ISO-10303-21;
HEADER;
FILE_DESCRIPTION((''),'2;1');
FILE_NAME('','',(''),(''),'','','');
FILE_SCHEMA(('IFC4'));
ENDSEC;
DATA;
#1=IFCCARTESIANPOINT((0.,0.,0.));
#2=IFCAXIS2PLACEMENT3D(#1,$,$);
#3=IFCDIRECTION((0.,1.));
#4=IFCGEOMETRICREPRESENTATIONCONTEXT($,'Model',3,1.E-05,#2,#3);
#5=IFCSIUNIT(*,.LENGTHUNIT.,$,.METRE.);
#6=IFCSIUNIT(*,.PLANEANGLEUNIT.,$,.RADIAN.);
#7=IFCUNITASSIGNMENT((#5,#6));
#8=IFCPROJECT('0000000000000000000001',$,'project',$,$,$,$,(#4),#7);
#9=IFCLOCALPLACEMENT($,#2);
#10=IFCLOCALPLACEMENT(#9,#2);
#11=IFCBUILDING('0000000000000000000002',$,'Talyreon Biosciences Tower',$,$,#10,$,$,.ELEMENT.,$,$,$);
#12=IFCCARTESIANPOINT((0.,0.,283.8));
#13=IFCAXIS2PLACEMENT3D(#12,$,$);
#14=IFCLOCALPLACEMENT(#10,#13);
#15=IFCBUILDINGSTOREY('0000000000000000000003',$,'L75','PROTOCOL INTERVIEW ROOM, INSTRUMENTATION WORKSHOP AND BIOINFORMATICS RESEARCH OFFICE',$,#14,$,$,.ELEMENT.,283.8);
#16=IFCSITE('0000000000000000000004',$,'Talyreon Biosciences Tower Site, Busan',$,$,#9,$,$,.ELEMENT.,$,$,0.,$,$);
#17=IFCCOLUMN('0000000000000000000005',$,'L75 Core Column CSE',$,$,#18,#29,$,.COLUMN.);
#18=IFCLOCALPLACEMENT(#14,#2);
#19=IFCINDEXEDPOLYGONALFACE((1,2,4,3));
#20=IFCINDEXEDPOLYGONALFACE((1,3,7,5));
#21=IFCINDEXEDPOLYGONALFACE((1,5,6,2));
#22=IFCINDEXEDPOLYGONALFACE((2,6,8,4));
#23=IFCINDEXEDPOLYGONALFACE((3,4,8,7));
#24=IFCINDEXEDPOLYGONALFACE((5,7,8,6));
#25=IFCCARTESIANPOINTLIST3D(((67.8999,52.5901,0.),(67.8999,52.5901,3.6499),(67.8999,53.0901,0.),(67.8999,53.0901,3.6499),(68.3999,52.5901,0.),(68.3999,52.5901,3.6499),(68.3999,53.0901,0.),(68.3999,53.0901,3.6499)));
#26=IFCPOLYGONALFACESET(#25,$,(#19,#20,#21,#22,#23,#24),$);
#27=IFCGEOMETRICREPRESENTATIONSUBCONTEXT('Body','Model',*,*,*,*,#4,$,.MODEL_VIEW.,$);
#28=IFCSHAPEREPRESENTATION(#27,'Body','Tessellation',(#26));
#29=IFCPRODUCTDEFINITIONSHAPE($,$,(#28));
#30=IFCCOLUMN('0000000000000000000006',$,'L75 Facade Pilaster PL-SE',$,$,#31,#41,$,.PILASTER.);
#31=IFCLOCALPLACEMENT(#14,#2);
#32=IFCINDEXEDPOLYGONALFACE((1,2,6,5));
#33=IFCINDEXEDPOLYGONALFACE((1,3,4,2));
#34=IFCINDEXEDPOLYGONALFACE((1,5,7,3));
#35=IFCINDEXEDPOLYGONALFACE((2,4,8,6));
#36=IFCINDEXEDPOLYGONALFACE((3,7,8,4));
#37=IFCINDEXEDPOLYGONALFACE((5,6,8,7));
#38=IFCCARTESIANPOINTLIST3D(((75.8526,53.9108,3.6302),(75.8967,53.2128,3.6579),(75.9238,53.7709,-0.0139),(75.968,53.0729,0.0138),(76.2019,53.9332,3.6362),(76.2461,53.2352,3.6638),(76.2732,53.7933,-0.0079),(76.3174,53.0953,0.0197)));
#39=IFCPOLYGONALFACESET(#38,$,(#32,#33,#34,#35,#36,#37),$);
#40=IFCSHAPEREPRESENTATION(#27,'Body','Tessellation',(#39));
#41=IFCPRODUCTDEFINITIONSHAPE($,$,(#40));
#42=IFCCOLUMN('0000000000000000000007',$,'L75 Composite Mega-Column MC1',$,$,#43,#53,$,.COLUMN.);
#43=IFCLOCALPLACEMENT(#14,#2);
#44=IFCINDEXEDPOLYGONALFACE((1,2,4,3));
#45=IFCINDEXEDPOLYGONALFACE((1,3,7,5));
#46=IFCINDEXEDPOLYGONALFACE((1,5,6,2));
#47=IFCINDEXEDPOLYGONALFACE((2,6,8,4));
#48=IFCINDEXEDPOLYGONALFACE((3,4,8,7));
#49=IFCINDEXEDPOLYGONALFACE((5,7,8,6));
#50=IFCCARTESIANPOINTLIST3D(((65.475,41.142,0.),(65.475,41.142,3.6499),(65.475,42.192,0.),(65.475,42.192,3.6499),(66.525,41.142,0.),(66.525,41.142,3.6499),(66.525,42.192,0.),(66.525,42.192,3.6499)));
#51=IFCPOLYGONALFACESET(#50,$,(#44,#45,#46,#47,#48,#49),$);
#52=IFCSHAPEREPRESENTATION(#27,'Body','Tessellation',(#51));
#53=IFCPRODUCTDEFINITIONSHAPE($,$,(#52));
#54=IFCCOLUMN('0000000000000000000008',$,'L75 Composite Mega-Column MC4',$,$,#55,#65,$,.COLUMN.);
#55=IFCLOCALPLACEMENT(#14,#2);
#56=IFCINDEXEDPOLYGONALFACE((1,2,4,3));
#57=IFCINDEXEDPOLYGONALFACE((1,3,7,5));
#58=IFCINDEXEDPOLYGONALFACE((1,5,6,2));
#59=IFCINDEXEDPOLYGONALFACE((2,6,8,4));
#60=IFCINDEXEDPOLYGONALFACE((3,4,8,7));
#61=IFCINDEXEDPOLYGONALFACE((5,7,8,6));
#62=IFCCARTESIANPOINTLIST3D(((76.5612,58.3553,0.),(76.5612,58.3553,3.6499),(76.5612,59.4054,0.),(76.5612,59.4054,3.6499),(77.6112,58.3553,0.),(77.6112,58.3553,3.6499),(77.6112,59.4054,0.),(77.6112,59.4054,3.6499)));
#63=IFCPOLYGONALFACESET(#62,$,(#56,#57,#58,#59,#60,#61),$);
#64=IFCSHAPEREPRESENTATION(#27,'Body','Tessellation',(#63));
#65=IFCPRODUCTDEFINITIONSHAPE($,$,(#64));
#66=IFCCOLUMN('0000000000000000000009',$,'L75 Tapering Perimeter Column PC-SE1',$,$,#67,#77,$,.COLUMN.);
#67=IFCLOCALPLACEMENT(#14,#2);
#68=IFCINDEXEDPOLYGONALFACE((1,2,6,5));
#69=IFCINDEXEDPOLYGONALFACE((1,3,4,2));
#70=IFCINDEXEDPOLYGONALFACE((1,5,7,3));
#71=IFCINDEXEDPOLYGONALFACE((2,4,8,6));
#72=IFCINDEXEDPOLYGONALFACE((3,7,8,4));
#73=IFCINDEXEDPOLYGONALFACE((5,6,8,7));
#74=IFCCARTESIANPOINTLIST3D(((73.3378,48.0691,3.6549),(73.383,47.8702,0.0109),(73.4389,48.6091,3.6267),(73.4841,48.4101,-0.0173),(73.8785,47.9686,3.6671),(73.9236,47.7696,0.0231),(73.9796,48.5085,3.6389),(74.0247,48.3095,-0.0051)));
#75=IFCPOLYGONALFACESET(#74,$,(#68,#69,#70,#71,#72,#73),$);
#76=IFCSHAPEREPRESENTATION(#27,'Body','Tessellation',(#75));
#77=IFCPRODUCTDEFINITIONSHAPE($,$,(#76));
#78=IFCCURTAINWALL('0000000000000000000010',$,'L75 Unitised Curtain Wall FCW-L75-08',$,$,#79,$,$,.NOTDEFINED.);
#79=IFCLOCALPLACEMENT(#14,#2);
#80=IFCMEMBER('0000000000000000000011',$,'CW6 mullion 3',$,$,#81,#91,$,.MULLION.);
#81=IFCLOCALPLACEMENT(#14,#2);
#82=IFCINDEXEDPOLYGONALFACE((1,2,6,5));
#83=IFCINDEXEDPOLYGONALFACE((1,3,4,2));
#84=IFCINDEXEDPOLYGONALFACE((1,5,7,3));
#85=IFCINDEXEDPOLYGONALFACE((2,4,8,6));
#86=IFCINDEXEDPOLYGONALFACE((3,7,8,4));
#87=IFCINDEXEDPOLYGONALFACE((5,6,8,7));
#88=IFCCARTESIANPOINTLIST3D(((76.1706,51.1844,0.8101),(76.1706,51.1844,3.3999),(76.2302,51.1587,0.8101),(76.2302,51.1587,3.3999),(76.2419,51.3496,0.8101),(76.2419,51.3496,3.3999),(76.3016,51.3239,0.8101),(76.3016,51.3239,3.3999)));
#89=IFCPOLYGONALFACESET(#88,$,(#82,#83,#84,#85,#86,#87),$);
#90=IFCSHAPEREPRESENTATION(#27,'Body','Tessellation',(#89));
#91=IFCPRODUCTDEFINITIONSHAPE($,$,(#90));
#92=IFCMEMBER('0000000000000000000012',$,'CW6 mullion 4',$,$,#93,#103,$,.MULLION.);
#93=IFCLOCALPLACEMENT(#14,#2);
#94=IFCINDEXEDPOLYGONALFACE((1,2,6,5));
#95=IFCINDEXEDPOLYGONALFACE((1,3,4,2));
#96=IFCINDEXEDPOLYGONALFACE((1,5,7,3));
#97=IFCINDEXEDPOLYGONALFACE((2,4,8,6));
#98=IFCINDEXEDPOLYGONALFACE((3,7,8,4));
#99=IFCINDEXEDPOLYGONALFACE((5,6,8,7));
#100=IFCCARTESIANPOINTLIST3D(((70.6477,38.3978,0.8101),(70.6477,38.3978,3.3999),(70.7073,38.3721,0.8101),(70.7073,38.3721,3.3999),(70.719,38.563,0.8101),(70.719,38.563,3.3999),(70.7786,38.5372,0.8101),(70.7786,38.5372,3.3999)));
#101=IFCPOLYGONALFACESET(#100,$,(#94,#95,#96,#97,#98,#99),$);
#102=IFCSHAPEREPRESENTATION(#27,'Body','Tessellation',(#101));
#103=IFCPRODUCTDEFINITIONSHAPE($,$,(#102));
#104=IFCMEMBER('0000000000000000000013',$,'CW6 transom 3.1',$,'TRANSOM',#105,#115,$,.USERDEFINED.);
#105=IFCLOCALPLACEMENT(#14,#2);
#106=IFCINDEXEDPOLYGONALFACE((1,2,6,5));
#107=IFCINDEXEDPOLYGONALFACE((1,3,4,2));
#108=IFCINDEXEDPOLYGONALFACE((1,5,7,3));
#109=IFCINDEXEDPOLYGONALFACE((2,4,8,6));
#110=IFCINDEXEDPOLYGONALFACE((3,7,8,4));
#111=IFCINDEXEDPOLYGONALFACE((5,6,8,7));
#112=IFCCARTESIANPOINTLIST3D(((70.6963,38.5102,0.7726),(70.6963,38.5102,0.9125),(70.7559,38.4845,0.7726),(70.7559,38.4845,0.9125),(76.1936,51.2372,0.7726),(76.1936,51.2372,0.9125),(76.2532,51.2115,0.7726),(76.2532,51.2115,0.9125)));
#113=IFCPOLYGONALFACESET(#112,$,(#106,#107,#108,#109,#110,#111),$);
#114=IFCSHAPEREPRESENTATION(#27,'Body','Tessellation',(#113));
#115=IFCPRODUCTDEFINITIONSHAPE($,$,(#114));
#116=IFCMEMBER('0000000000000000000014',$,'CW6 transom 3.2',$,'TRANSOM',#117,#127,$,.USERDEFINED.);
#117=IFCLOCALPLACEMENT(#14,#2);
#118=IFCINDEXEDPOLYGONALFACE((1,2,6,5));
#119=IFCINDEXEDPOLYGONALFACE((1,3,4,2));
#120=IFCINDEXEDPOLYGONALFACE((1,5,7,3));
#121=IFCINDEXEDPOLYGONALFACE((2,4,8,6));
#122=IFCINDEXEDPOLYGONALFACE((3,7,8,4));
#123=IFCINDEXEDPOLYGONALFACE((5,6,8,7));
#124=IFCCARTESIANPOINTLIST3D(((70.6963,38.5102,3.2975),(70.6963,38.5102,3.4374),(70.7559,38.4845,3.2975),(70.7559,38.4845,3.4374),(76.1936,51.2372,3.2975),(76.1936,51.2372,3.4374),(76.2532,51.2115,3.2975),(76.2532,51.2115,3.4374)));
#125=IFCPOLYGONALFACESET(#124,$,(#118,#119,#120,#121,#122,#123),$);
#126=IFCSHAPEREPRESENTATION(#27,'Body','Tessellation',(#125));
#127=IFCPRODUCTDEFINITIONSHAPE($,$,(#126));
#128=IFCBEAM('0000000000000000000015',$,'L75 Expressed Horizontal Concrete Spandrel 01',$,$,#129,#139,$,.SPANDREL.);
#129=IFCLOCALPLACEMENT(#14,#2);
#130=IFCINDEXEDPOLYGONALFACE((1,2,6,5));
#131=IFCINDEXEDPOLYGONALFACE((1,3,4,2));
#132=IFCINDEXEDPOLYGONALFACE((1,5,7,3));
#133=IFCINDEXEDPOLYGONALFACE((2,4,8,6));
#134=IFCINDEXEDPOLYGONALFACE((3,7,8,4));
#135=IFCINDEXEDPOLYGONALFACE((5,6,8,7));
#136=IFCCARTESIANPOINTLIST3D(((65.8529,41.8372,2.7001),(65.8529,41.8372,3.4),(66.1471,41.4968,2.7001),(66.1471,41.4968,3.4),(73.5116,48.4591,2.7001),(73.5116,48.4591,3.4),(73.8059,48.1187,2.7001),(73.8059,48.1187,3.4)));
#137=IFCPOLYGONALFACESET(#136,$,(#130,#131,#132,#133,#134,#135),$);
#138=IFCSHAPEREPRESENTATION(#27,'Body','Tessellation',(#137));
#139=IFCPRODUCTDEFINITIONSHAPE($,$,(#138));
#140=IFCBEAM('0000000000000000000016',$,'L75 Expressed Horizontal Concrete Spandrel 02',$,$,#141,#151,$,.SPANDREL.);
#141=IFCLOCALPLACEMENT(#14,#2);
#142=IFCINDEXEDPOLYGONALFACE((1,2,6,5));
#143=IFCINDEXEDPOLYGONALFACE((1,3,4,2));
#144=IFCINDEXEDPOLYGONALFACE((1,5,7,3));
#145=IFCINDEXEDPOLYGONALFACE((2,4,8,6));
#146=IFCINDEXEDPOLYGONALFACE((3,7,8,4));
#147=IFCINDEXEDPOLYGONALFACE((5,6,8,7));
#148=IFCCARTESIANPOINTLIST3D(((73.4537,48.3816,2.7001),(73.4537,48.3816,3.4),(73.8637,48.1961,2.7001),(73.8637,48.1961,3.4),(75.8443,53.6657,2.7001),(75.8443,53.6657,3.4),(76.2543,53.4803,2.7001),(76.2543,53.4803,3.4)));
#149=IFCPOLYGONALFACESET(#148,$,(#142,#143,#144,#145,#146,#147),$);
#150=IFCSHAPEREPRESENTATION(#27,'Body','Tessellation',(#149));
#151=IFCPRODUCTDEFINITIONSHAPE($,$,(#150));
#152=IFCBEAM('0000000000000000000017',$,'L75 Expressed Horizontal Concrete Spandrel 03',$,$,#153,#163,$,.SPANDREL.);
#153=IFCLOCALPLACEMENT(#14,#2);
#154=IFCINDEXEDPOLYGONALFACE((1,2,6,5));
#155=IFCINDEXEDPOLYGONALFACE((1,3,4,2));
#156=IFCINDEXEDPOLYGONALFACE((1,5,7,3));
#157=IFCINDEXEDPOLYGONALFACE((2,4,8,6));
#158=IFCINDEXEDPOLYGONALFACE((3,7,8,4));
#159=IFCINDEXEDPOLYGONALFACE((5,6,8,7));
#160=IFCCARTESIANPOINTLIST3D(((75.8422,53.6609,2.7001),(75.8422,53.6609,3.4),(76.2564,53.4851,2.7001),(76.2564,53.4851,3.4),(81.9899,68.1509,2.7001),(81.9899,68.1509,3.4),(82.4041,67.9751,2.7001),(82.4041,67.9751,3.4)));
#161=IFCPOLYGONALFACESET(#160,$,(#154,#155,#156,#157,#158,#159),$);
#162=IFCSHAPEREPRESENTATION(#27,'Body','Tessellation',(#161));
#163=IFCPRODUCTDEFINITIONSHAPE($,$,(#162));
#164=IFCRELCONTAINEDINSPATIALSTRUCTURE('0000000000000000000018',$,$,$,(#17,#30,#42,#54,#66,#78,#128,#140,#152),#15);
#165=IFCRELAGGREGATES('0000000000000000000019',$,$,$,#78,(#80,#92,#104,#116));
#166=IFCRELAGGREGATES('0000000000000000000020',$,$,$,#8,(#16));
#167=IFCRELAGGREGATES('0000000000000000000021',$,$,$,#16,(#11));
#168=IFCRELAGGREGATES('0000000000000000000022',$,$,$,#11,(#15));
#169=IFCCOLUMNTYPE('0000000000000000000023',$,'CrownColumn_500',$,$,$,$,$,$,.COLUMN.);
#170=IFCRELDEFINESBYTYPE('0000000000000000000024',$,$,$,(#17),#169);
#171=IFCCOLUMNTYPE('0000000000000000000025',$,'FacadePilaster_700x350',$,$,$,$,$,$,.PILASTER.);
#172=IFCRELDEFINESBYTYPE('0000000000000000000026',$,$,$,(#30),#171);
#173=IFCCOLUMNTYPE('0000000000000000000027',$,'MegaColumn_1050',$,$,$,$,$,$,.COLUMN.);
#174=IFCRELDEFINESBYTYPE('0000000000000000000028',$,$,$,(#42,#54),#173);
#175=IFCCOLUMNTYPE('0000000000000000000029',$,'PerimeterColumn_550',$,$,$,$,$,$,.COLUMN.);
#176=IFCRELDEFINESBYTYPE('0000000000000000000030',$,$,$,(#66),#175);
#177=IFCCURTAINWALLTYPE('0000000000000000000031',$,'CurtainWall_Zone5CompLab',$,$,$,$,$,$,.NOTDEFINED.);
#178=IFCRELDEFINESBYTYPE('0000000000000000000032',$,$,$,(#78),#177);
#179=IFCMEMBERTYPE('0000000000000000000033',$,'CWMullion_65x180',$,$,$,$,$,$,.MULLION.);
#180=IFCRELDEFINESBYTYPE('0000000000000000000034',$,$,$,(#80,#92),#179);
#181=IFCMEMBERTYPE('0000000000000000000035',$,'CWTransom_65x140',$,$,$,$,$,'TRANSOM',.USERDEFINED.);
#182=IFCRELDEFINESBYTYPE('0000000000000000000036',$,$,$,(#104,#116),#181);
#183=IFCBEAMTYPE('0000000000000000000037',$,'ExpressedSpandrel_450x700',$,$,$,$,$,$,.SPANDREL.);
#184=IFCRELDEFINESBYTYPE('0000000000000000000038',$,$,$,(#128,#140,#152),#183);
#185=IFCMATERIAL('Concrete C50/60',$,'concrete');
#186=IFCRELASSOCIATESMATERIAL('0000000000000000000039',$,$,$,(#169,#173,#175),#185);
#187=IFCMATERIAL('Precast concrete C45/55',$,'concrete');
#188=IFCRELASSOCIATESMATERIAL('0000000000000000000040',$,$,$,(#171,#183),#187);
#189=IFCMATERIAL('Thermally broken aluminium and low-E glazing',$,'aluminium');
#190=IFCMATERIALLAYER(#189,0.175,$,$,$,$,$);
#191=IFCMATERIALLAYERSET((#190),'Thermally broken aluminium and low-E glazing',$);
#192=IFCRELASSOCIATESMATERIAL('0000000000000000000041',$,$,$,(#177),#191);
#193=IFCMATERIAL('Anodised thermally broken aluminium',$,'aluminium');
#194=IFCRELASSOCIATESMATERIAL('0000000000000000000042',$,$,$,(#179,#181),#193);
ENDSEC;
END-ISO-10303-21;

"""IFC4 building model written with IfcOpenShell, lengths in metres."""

from ifc_helpers import new_model, si_unit, direction, frame, origin, origin_2d, place, context, subcontext, project, spatial, rectangle, extrude, material, layer, layer_set, material_profile, profile_set, type_object, element, aggregate, save


model = new_model("IFC4")

# Units and contexts
model_context = context("Model", 3, precision=1e-05, world=origin(), true_north=direction((0.0, 1.0)))
body_context = subcontext(model_context, "Body", "Model", "MODEL_VIEW")
ifc_project = project(units=[si_unit("LENGTHUNIT", "METRE"), si_unit("PLANEANGLEUNIT", "RADIAN")], contexts=[model_context])

# Site, building, storey
site_placement = place(None, origin())
site = spatial("IfcSite", under=ifc_project, at=site_placement, Name="Talyreon Biosciences Tower Site, Busan", CompositionType="ELEMENT", RefElevation=0.0)
building_placement = place(site_placement, origin())
building = spatial("IfcBuilding", under=site, at=building_placement, Name="Talyreon Biosciences Tower", CompositionType="ELEMENT")
storey_placement = place(building_placement, frame((0.0, 0.0, 283.8)))
storey = spatial("IfcBuildingStorey", under=building, at=storey_placement, Name="L75", Description="PROTOCOL INTERVIEW ROOM, INSTRUMENTATION WORKSHOP AND BIOINFORMATICS RESEARCH OFFICE", CompositionType="ELEMENT", Elevation=283.8)

# Columns
ifc_material_1 = material(Name="Concrete C50/60", Category="concrete")
ifc_material_profile_1 = material_profile(ifc_material_1, rectangle(XDim=0.5, YDim=0.5, at=origin_2d()), Name="RC 500x500")
ifc_profile_set_1 = profile_set([ifc_material_profile_1], Name="Concrete C50/60")
column_type_1 = type_object("IfcColumnType", Name="CrownColumn_500", PredefinedType="COLUMN", material=ifc_profile_set_1)
column_1_placement = place(storey_placement, frame((68.1499, 52.8401, 0.0), z_axis=(0.0, 0.0, 1.0), x_axis=(1.0, 0.0, 0.0)))
element("IfcColumn", 1, at=column_1_placement, inside=storey, type_object=column_type_1, Name="L75 Core Column CSE", PredefinedType="COLUMN", context=body_context, shape_type="SweptSolid", body=[
    extrude(rectangle(XDim=0.5, YDim=0.5, at=origin_2d()), origin(), (0.0, 0.0, 1.0), 3.6499),
])
ifc_material_2 = material(Name="Precast concrete C45/55", Category="concrete")
ifc_material_profile_2 = material_profile(ifc_material_2, rectangle(XDim=0.7, YDim=0.3501, at=origin_2d()), Name="RC 700x350")
ifc_profile_set_2 = profile_set([ifc_material_profile_2], Name="Precast concrete C45/55")
column_type_2 = type_object("IfcColumnType", Name="FacadePilaster_700x350", PredefinedType="PILASTER", material=ifc_profile_set_2)
column_2_placement = place(storey_placement, frame((76.1206, 53.4331, 0.0029), z_axis=(-0.019545, 0.038354, 0.999073), x_axis=(0.063141, -0.997222, 0.039518)))
element("IfcColumn", 2, at=column_2_placement, inside=storey, type_object=column_type_2, Name="L75 Facade Pilaster PL-SE", PredefinedType="PILASTER", context=body_context, shape_type="SweptSolid", body=[
    extrude(rectangle(XDim=0.7, YDim=0.3501, at=origin_2d()), origin(), (0.0, 0.0, 1.0), 3.6475),
])
ifc_material_profile_3 = material_profile(ifc_material_1, rectangle(XDim=1.05, YDim=1.05, at=origin_2d()), Name="RC 1050x1050")
ifc_profile_set_3 = profile_set([ifc_material_profile_3], Name="Concrete C50/60")
column_type_3 = type_object("IfcColumnType", Name="MegaColumn_1050", PredefinedType="COLUMN", material=ifc_profile_set_3)
for number, where, z_axis, x_axis, name in (
    (3, (66.0, 41.667, 0.0), (0.0, 0.0, 1.0), (1.0, 0.0, 0.0), "L75 Composite Mega-Column MC1"),
    (4, (77.0862, 58.8804, 0.0), (0.0, 0.0, 1.0), (1.0, 0.0, 0.0), "L75 Composite Mega-Column MC4"),
):
    element("IfcColumn", number, at=place(storey_placement, frame(where, z_axis=z_axis, x_axis=x_axis)), inside=storey, type_object=column_type_3, Name=name, PredefinedType="COLUMN", context=body_context, shape_type="SweptSolid", body=[
        extrude(rectangle(XDim=1.05, YDim=1.05, at=origin_2d()), origin(), (0.0, 0.0, 1.0), 3.6499),
    ])
ifc_material_profile_4 = material_profile(ifc_material_1, rectangle(XDim=0.55, YDim=0.55, at=origin_2d()), Name="RC 550x550")
ifc_profile_set_4 = profile_set([ifc_material_profile_4], Name="Concrete C50/60")
column_type_4 = type_object("IfcColumnType", Name="PerimeterColumn_550", PredefinedType="COLUMN", material=ifc_profile_set_4)
column_3_placement = place(storey_placement, frame((73.7039, 48.0898, 0.0029), z_axis=(-0.012375, 0.054517, 0.998436), x_axis=(-0.183788, -0.981625, 0.051321)))
element("IfcColumn", 5, at=column_3_placement, inside=storey, type_object=column_type_4, Name="L75 Tapering Perimeter Column PC-SE1", PredefinedType="COLUMN", context=body_context, shape_type="SweptSolid", body=[
    extrude(rectangle(XDim=0.55, YDim=0.55, at=origin_2d()), origin(), (0.0, 0.0, 1.0), 3.6497),
])

# Curtain wall, members
ifc_material_3 = material(Name="Thermally broken aluminium and low-E glazing", Category="aluminium")
ifc_layer_1 = layer(ifc_material_3, 0.175)
ifc_layer_set_1 = layer_set([ifc_layer_1], Name="Thermally broken aluminium and low-E glazing")
curtain_wall_type = type_object("IfcCurtainWallType", Name="CurtainWall_Zone5CompLab", PredefinedType="NOTDEFINED", material=ifc_layer_set_1)
curtain_wall_placement = place(storey_placement, origin())
curtain_wall = element("IfcCurtainWall", 6, at=curtain_wall_placement, inside=storey, type_object=curtain_wall_type, Name="L75 Unitised Curtain Wall FCW-L75-08", PredefinedType="NOTDEFINED")
ifc_material_4 = material(Name="Anodised thermally broken aluminium", Category="aluminium")
ifc_material_profile_5 = material_profile(ifc_material_4, rectangle(XDim=0.0649, YDim=0.1799, at=origin_2d()), Name="ALUM MULLION 65x180")
ifc_profile_set_5 = profile_set([ifc_material_profile_5], Name="Anodised thermally broken aluminium")
member_type_1 = type_object("IfcMemberType", Name="CWMullion_65x180", PredefinedType="MULLION", material=ifc_profile_set_5)
member_1_placement = place(storey_placement, frame((76.2361, 51.2542, 0.8101), z_axis=(0.0, 0.0, 1.0), x_axis=(0.918022, -0.396528, 0.0)))
member_1 = element("IfcMember", 7, at=member_1_placement, type_object=member_type_1, Name="CW6 mullion 3", PredefinedType="MULLION", context=body_context, shape_type="SweptSolid", body=[
    extrude(rectangle(XDim=0.0649, YDim=0.1799, at=origin_2d()), origin(), (0.0, 0.0, 1.0), 2.5898),
])
member_2_placement = place(storey_placement, frame((70.7131, 38.4675, 0.8101), z_axis=(0.0, 0.0, 1.0), x_axis=(0.918022, -0.396528, 0.0)))
member_2 = element("IfcMember", 8, at=member_2_placement, type_object=member_type_1, Name="CW6 mullion 4", PredefinedType="MULLION", context=body_context, shape_type="SweptSolid", body=[
    extrude(rectangle(XDim=0.0649, YDim=0.1799, at=origin_2d()), origin(), (0.0, 0.0, 1.0), 2.5898),
])
ifc_material_profile_6 = material_profile(ifc_material_4, rectangle(XDim=0.0649, YDim=0.1399, at=origin_2d()), Name="ALUM TRANSOM 65x140")
ifc_profile_set_6 = profile_set([ifc_material_profile_6], Name="Anodised thermally broken aluminium")
member_type_2 = type_object("IfcMemberType", Name="CWTransom_65x140", ElementType="TRANSOM", PredefinedType="USERDEFINED", material=ifc_profile_set_6)
member_3_placement = place(storey_placement, frame((76.2234, 51.2244, 0.8425), z_axis=(-0.39653, -0.918022, 0.0), x_axis=(0.918022, -0.39653, 0.0)))
member_3 = element("IfcMember", 9, at=member_3_placement, type_object=member_type_2, Name="CW6 transom 3.1", ObjectType="TRANSOM", PredefinedType="USERDEFINED", context=body_context, shape_type="SweptSolid", body=[
    extrude(rectangle(XDim=0.0649, YDim=0.1399, at=origin_2d()), origin(), (0.0, 0.0, 1.0), 13.8635),
])
member_4_placement = place(storey_placement, frame((76.2234, 51.2244, 3.3674), z_axis=(-0.39653, -0.918022, 0.0), x_axis=(0.918022, -0.39653, 0.0)))
member_4 = element("IfcMember", 10, at=member_4_placement, type_object=member_type_2, Name="CW6 transom 3.2", ObjectType="TRANSOM", PredefinedType="USERDEFINED", context=body_context, shape_type="SweptSolid", body=[
    extrude(rectangle(XDim=0.0649, YDim=0.1399, at=origin_2d()), origin(), (0.0, 0.0, 1.0), 13.8635),
])

# Beams
ifc_material_profile_7 = material_profile(ifc_material_2, rectangle(XDim=0.45, YDim=0.7, at=origin_2d()), Name="RCB 450x700")
ifc_profile_set_7 = profile_set([ifc_material_profile_7], Name="Precast concrete C45/55")
beam_type_1 = type_object("IfcBeamType", Name="ExpressedSpandrel_450x700", PredefinedType="SPANDREL", material=ifc_profile_set_7)
beam_1_placement = place(storey_placement, frame((66.0, 41.667, 3.05), z_axis=(0.756456, 0.654044, 0.0), x_axis=(-0.654044, 0.756456, 0.0)))
element("IfcBeam", 11, at=beam_1_placement, inside=storey, type_object=beam_type_1, Name="L75 Expressed Horizontal Concrete Spandrel 01", PredefinedType="SPANDREL", context=body_context, shape_type="SweptSolid", body=[
    extrude(rectangle(XDim=0.45, YDim=0.7, at=origin_2d()), origin(), (0.0, 0.0, 1.0), 10.1245),
])
beam_2_placement = place(storey_placement, frame((73.6587, 48.2888, 3.05), z_axis=(0.412191, 0.911097, 0.0), x_axis=(-0.911097, 0.412191, 0.0)))
element("IfcBeam", 12, at=beam_2_placement, inside=storey, type_object=beam_type_1, Name="L75 Expressed Horizontal Concrete Spandrel 02", PredefinedType="SPANDREL", context=body_context, shape_type="SweptSolid", body=[
    extrude(rectangle(XDim=0.45, YDim=0.7, at=origin_2d()), origin(), (0.0, 0.0, 1.0), 5.7998),
])
beam_3_placement = place(storey_placement, frame((76.0493, 53.573, 3.05), z_axis=(0.390573, 0.920572, 0.0), x_axis=(-0.920572, 0.390573, 0.0)))
element("IfcBeam", 13, at=beam_3_placement, inside=storey, type_object=beam_type_1, Name="L75 Expressed Horizontal Concrete Spandrel 03", PredefinedType="SPANDREL", context=body_context, shape_type="SweptSolid", body=[
    extrude(rectangle(XDim=0.45, YDim=0.7, at=origin_2d()), origin(), (0.0, 0.0, 1.0), 15.7402),
])

aggregate(curtain_wall, [member_1, member_2, member_3, member_4])

save(model, "model.ifc")
